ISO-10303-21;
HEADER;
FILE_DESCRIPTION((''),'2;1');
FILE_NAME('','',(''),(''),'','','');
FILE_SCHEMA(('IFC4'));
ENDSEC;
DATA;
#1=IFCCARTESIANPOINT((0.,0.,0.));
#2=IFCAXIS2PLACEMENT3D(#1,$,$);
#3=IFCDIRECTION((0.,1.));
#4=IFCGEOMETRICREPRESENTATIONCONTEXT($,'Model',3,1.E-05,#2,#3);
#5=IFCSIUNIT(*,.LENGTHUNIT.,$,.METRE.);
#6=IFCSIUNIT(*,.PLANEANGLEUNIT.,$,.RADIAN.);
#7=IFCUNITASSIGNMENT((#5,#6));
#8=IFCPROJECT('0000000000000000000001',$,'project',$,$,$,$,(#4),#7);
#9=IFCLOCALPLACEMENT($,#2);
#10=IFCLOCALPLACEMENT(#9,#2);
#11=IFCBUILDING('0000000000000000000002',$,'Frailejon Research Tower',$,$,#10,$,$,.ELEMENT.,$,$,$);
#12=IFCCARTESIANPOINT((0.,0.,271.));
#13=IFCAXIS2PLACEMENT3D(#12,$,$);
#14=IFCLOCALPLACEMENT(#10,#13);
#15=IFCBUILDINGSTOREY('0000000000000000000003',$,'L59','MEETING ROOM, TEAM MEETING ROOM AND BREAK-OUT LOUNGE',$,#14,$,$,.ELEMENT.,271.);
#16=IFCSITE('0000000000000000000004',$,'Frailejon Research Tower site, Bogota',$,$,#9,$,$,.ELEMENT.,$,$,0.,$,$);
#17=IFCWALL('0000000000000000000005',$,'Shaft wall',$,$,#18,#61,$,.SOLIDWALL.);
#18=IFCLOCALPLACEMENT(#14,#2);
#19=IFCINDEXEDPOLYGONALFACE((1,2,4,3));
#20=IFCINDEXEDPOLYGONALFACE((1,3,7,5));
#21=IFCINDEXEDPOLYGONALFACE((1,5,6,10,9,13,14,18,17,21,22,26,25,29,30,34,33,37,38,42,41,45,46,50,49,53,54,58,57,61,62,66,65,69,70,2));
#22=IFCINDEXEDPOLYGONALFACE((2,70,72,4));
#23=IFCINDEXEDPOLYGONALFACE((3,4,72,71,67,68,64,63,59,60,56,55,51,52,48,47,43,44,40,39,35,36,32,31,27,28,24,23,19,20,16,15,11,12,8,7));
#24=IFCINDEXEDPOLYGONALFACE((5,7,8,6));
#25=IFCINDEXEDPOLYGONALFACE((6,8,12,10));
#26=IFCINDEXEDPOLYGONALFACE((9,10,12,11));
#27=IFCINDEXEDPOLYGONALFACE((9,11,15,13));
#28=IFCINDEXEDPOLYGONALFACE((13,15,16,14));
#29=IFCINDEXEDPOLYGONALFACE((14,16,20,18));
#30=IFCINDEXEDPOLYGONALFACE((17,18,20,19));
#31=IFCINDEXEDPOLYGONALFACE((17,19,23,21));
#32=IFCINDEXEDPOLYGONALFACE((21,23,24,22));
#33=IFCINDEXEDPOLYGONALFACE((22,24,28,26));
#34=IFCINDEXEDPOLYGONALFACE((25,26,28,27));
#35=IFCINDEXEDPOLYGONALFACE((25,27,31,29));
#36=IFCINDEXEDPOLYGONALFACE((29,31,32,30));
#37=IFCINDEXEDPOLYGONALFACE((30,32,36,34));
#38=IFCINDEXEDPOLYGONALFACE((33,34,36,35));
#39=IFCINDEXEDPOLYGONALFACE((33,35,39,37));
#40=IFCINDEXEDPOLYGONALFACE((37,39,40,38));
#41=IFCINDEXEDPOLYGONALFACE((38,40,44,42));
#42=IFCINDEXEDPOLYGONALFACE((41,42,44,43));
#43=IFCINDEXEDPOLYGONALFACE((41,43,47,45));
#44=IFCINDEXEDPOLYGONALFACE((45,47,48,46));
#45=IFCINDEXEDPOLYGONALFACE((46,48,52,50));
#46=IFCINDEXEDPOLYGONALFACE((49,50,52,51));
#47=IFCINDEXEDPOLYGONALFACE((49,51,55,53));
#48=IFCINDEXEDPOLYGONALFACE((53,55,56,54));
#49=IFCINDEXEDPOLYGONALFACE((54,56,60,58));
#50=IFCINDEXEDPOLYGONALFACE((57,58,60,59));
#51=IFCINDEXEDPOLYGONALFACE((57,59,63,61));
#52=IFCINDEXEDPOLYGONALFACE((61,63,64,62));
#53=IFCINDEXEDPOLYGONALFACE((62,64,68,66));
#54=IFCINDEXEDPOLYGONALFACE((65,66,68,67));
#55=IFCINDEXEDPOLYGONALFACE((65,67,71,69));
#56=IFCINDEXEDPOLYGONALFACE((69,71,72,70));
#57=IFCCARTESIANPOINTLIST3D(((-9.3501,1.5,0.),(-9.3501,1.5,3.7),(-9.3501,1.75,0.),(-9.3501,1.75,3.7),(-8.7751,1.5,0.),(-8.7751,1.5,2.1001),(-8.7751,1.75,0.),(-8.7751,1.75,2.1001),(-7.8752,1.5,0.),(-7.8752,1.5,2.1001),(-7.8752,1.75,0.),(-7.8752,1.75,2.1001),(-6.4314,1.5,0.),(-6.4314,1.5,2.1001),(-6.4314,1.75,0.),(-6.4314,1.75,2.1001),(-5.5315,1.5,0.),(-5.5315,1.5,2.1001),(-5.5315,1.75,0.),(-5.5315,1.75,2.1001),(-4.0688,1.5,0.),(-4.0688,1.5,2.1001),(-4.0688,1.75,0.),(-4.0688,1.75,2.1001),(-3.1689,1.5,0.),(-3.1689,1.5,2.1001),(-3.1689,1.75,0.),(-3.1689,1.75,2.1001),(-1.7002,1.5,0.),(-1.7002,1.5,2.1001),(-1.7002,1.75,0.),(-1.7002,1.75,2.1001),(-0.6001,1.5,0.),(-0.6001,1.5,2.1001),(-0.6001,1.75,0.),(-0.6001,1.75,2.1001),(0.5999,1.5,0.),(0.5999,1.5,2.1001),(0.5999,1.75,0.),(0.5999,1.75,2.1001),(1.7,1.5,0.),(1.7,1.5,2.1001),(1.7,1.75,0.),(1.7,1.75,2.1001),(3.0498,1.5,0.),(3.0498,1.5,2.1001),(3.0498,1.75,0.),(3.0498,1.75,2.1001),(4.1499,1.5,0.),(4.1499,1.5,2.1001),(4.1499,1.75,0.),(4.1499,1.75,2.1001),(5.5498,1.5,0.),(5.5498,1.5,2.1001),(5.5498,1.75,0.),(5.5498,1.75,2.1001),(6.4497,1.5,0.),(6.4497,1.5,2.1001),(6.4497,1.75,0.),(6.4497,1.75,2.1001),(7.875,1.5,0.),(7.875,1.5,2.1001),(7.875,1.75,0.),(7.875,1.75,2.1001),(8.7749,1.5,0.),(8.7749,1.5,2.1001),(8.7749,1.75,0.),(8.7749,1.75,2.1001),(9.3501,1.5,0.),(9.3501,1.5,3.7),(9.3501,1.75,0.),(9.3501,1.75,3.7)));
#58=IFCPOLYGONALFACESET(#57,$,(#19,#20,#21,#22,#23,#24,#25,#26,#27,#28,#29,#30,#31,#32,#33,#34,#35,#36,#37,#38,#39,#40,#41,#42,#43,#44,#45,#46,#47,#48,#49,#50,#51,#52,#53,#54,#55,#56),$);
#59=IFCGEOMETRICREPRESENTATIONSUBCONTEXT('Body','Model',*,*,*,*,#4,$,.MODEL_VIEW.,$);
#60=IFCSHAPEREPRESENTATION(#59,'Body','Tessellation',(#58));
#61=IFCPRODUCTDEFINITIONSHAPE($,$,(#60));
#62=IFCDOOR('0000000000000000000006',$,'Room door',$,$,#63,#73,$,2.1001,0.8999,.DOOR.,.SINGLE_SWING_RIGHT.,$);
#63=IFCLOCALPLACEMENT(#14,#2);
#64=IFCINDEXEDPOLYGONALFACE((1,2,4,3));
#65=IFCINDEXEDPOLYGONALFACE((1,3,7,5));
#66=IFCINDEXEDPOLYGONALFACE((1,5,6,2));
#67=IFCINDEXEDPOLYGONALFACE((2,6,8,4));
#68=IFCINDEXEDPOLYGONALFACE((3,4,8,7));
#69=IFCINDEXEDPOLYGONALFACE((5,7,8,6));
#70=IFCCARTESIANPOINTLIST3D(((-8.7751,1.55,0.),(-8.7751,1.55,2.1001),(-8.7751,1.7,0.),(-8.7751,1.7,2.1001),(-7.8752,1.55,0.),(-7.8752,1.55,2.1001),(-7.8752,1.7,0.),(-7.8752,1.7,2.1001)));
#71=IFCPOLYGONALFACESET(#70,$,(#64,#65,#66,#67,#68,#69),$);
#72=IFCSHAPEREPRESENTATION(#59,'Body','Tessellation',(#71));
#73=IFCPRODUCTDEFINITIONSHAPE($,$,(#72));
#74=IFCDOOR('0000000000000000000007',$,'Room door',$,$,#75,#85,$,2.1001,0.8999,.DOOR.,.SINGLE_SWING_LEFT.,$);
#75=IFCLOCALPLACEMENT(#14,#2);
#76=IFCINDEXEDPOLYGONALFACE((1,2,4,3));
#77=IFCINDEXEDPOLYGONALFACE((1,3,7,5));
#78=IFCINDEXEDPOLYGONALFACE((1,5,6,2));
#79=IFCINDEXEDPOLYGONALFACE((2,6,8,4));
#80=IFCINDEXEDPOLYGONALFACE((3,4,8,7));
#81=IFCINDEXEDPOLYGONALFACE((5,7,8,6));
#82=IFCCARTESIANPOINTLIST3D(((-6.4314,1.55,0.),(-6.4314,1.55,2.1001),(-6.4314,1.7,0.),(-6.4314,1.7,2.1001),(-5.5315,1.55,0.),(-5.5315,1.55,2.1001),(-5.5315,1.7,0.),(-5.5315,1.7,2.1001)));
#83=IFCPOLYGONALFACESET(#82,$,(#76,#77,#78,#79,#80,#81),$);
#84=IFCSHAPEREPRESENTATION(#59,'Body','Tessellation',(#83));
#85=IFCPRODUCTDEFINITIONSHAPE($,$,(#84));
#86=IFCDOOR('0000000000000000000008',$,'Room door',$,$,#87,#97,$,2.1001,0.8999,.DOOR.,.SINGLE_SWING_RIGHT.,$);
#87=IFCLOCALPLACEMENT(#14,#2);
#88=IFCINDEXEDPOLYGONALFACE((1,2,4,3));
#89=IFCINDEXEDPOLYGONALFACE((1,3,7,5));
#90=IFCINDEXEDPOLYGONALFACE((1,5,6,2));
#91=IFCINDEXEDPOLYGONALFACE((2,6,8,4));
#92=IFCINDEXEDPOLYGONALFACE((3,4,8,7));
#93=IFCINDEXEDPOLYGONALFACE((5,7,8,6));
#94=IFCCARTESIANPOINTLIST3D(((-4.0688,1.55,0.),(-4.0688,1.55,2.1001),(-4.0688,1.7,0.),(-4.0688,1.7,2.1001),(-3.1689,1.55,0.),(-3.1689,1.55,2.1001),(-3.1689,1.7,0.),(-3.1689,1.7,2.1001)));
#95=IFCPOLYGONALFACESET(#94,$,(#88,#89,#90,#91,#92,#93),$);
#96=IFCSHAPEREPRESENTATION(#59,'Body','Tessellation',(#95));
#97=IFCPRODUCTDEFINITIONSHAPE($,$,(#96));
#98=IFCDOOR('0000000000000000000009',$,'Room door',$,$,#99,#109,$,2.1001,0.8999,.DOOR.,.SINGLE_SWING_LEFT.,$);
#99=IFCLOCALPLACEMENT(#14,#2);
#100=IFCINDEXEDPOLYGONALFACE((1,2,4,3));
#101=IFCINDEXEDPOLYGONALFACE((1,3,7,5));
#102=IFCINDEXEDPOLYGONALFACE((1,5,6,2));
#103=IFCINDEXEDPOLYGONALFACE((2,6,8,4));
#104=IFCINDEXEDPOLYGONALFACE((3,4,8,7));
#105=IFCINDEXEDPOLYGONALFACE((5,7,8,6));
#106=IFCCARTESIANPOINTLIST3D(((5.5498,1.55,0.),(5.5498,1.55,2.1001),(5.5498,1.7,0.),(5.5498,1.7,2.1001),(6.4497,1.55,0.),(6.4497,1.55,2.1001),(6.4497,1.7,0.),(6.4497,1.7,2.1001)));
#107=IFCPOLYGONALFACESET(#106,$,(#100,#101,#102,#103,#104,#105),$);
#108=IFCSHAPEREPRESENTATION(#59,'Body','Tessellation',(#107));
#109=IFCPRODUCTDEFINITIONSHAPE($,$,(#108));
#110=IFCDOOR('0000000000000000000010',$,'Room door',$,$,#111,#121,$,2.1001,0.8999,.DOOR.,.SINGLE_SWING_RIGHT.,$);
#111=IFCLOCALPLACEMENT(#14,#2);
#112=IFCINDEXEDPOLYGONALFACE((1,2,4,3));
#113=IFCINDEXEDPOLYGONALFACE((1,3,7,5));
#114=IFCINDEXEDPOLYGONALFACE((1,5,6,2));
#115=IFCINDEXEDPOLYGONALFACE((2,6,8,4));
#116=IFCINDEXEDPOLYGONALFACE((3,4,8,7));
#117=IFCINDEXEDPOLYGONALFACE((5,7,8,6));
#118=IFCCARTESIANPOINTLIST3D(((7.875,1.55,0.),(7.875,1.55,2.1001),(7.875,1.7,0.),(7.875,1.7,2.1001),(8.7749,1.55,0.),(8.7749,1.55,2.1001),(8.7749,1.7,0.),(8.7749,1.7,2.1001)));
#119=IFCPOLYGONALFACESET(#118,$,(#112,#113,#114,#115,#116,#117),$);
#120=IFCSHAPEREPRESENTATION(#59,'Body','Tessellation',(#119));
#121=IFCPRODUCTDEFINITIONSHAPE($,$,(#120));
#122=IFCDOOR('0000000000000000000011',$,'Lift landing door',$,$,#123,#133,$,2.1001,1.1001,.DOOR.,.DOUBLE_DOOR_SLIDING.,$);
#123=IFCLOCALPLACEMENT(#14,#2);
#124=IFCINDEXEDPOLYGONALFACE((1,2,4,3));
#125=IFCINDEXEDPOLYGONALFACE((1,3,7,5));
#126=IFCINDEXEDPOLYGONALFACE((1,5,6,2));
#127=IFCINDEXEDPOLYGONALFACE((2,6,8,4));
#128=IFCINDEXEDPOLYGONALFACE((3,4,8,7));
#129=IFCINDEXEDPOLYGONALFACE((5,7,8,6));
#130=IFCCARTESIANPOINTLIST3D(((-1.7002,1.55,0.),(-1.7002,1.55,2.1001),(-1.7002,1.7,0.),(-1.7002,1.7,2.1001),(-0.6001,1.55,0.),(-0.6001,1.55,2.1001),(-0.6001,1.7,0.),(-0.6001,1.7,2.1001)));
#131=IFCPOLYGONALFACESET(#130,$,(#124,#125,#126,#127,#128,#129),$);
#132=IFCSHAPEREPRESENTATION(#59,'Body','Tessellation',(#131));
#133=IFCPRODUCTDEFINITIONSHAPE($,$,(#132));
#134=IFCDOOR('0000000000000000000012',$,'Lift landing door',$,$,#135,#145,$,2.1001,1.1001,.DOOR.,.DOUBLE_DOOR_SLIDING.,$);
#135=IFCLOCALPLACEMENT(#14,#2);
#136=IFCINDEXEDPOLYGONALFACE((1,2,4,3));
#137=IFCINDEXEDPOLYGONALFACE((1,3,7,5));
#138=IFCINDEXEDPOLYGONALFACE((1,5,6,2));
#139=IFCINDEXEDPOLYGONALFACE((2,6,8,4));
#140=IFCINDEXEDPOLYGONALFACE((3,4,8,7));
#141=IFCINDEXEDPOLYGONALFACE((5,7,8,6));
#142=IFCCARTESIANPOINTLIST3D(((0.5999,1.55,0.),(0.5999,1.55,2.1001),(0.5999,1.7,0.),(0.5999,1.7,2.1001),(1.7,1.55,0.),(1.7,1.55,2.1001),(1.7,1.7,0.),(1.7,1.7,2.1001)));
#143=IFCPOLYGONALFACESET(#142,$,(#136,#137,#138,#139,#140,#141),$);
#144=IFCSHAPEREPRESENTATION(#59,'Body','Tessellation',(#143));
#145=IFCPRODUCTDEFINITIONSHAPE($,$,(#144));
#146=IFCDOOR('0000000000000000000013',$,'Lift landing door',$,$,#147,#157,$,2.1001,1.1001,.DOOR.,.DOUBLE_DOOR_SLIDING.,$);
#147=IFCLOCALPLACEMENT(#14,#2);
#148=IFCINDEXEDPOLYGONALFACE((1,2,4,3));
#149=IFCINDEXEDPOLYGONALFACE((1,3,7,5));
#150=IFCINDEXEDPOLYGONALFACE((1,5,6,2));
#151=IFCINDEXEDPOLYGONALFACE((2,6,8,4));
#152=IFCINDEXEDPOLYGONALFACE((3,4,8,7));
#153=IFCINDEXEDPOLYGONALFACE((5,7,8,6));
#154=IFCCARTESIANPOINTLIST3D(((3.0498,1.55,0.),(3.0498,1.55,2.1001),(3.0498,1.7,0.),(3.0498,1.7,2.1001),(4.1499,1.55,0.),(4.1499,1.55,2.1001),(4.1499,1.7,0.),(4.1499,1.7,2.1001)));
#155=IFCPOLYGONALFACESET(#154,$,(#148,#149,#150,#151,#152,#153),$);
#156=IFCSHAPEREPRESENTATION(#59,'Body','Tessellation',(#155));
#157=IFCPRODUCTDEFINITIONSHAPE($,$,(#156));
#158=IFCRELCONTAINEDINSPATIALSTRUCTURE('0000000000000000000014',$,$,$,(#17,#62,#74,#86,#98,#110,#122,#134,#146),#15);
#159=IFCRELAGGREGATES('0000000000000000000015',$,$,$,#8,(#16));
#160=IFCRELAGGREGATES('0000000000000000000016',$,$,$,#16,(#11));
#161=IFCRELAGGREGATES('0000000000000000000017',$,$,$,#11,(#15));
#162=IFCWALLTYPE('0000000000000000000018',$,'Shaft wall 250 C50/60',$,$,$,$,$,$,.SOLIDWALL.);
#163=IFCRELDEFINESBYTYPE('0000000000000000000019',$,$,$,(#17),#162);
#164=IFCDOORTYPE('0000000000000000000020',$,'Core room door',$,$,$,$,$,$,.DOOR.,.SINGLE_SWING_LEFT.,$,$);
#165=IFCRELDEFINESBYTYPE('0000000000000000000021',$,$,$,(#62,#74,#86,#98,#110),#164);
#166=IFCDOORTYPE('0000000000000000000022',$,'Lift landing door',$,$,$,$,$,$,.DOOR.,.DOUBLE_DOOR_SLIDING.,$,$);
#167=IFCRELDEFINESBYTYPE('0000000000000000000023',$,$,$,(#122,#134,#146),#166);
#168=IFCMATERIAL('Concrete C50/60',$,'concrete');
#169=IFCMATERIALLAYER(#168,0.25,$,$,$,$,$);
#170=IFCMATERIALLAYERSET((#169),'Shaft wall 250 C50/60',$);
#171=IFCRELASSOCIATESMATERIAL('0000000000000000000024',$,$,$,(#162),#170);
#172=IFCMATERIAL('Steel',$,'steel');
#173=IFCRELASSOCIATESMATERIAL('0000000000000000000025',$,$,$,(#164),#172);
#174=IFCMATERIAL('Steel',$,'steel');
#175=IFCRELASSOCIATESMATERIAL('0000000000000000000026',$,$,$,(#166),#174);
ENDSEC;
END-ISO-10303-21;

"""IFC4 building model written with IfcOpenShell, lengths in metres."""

from ifc_helpers import new_model, si_unit, direction, frame, frame_2d, origin, place, context, subcontext, project, spatial, rectangle, extrude, material, layer, layer_set, type_object, element, fill, save


model = new_model("IFC4")

# Units and contexts
model_context = context("Model", 3, precision=1e-05, world=origin(), true_north=direction((0.0, 1.0)))
body_context = subcontext(model_context, "Body", "Model", "MODEL_VIEW")
ifc_project = project(units=[si_unit("LENGTHUNIT", "METRE"), si_unit("PLANEANGLEUNIT", "RADIAN")], contexts=[model_context])

# Site, building, storey
site_placement = place(None, origin())
site = spatial("IfcSite", under=ifc_project, at=site_placement, Name="Frailejon Research Tower site, Bogota", CompositionType="ELEMENT", RefElevation=0.0)
building_placement = place(site_placement, origin())
building = spatial("IfcBuilding", under=site, at=building_placement, Name="Frailejon Research Tower", CompositionType="ELEMENT")
storey_placement = place(building_placement, frame((0.0, 0.0, 271.0)))
storey = spatial("IfcBuildingStorey", under=building, at=storey_placement, Name="L59", Description="MEETING ROOM, TEAM MEETING ROOM AND BREAK-OUT LOUNGE", CompositionType="ELEMENT", Elevation=271.0)

# Wall, openings, doors
ifc_material_1 = material(Name="Concrete C50/60", Category="concrete")
ifc_layer_1 = layer(ifc_material_1, 0.25)
ifc_layer_set_1 = layer_set([ifc_layer_1], Name="Shaft wall 250 C50/60")
wall_type_1 = type_object("IfcWallType", Name="Shaft wall 250 C50/60", PredefinedType="SOLIDWALL", material=ifc_layer_set_1)
wall_1_placement = place(storey_placement, frame((-9.3501, 1.625, 0.0), z_axis=(0.0, 0.0, 1.0), x_axis=(1.0, 0.0, 0.0)))
wall_1 = element("IfcWall", 1, at=wall_1_placement, inside=storey, type_object=wall_type_1, Name="Shaft wall", PredefinedType="SOLIDWALL", context=body_context, shape_type="SweptSolid", body=[
    extrude(rectangle(XDim=18.7002, YDim=0.25, at=frame_2d((9.3501, 0.0))), origin(), (0.0, 0.0, 1.0), 3.7),
])
opening_1_placement = place(wall_1_placement, frame((7.6499, 0.0, 0.0)))
opening_1 = element("IfcOpeningElement", 2, at=opening_1_placement, cuts=wall_1, PredefinedType="OPENING", context=body_context, shape_type="SweptSolid", body=[
    extrude(rectangle(XDim=1.1001, YDim=2.1001, at=frame_2d((0.55, 1.05))), frame((0.0, 0.135, 0.0), z_axis=(0.0, -1.0, 0.0), x_axis=(1.0, 0.0, 0.0)), (0.0, 0.0, 1.0), 0.27),
])
opening_2_placement = place(wall_1_placement, frame((9.95, 0.0, 0.0)))
opening_2 = element("IfcOpeningElement", 3, at=opening_2_placement, cuts=wall_1, PredefinedType="OPENING", context=body_context, shape_type="SweptSolid", body=[
    extrude(rectangle(XDim=1.1001, YDim=2.1001, at=frame_2d((0.55, 1.05))), frame((0.0, 0.135, 0.0), z_axis=(0.0, -1.0, 0.0), x_axis=(1.0, 0.0, 0.0)), (0.0, 0.0, 1.0), 0.27),
])
opening_3_placement = place(wall_1_placement, frame((12.3999, 0.0, 0.0)))
opening_3 = element("IfcOpeningElement", 4, at=opening_3_placement, cuts=wall_1, PredefinedType="OPENING", context=body_context, shape_type="SweptSolid", body=[
    extrude(rectangle(XDim=1.1001, YDim=2.1001, at=frame_2d((0.55, 1.05))), frame((0.0, 0.135, 0.0), z_axis=(0.0, -1.0, 0.0), x_axis=(1.0, 0.0, 0.0)), (0.0, 0.0, 1.0), 0.27),
])
opening_4_placement = place(wall_1_placement, frame((0.575, 0.0, 0.0)))
opening_4 = element("IfcOpeningElement", 5, at=opening_4_placement, cuts=wall_1, PredefinedType="OPENING", context=body_context, shape_type="SweptSolid", body=[
    extrude(rectangle(XDim=0.8999, YDim=2.1001, at=frame_2d((0.45, 1.05))), frame((0.0, 0.135, 0.0), z_axis=(0.0, -1.0, 0.0), x_axis=(1.0, 0.0, 0.0)), (0.0, 0.0, 1.0), 0.27),
])
opening_5_placement = place(wall_1_placement, frame((2.9187, 0.0, 0.0)))
opening_5 = element("IfcOpeningElement", 6, at=opening_5_placement, cuts=wall_1, PredefinedType="OPENING", context=body_context, shape_type="SweptSolid", body=[
    extrude(rectangle(XDim=0.8999, YDim=2.1001, at=frame_2d((0.45, 1.05))), frame((0.0, 0.135, 0.0), z_axis=(0.0, -1.0, 0.0), x_axis=(1.0, 0.0, 0.0)), (0.0, 0.0, 1.0), 0.27),
])
opening_6_placement = place(wall_1_placement, frame((5.2812, 0.0, 0.0)))
opening_6 = element("IfcOpeningElement", 7, at=opening_6_placement, cuts=wall_1, PredefinedType="OPENING", context=body_context, shape_type="SweptSolid", body=[
    extrude(rectangle(XDim=0.8999, YDim=2.1001, at=frame_2d((0.45, 1.05))), frame((0.0, 0.135, 0.0), z_axis=(0.0, -1.0, 0.0), x_axis=(1.0, 0.0, 0.0)), (0.0, 0.0, 1.0), 0.27),
])
opening_7_placement = place(wall_1_placement, frame((14.8999, 0.0, 0.0)))
opening_7 = element("IfcOpeningElement", 8, at=opening_7_placement, cuts=wall_1, PredefinedType="OPENING", context=body_context, shape_type="SweptSolid", body=[
    extrude(rectangle(XDim=0.8999, YDim=2.1001, at=frame_2d((0.45, 1.05))), frame((0.0, 0.135, 0.0), z_axis=(0.0, -1.0, 0.0), x_axis=(1.0, 0.0, 0.0)), (0.0, 0.0, 1.0), 0.27),
])
opening_8_placement = place(wall_1_placement, frame((17.2251, 0.0, 0.0)))
opening_8 = element("IfcOpeningElement", 9, at=opening_8_placement, cuts=wall_1, PredefinedType="OPENING", context=body_context, shape_type="SweptSolid", body=[
    extrude(rectangle(XDim=0.8999, YDim=2.1001, at=frame_2d((0.45, 1.05))), frame((0.0, 0.135, 0.0), z_axis=(0.0, -1.0, 0.0), x_axis=(1.0, 0.0, 0.0)), (0.0, 0.0, 1.0), 0.27),
])
ifc_material_2 = material(Name="Steel", Category="steel")
door_type_1 = type_object("IfcDoorType", Name="Core room door", OperationType="SINGLE_SWING_LEFT", PredefinedType="DOOR", material=ifc_material_2)
door_1_placement = place(opening_4_placement, origin())
door_1 = element("IfcDoor", 10, at=door_1_placement, inside=storey, type_object=door_type_1, Name="Room door", OperationType="SINGLE_SWING_RIGHT", OverallHeight=2.1001, OverallWidth=0.8999, PredefinedType="DOOR", context=body_context, shape_type="SweptSolid", body=[
    extrude(rectangle(XDim=0.8999, YDim=2.1001, at=frame_2d((0.45, 1.05))), frame((0.0, 0.075, 0.0), z_axis=(0.0, -1.0, 0.0), x_axis=(1.0, 0.0, 0.0)), (0.0, 0.0, 1.0), 0.1499),
])
fill(opening_4, door_1)
door_2_placement = place(opening_5_placement, origin())
door_2 = element("IfcDoor", 11, at=door_2_placement, inside=storey, type_object=door_type_1, Name="Room door", OperationType="SINGLE_SWING_LEFT", OverallHeight=2.1001, OverallWidth=0.8999, PredefinedType="DOOR", context=body_context, shape_type="SweptSolid", body=[
    extrude(rectangle(XDim=0.8999, YDim=2.1001, at=frame_2d((0.45, 1.05))), frame((0.0, 0.075, 0.0), z_axis=(0.0, -1.0, 0.0), x_axis=(1.0, 0.0, 0.0)), (0.0, 0.0, 1.0), 0.1499),
])
fill(opening_5, door_2)
door_3_placement = place(opening_6_placement, origin())
door_3 = element("IfcDoor", 12, at=door_3_placement, inside=storey, type_object=door_type_1, Name="Room door", OperationType="SINGLE_SWING_RIGHT", OverallHeight=2.1001, OverallWidth=0.8999, PredefinedType="DOOR", context=body_context, shape_type="SweptSolid", body=[
    extrude(rectangle(XDim=0.8999, YDim=2.1001, at=frame_2d((0.45, 1.05))), frame((0.0, 0.075, 0.0), z_axis=(0.0, -1.0, 0.0), x_axis=(1.0, 0.0, 0.0)), (0.0, 0.0, 1.0), 0.1499),
])
fill(opening_6, door_3)
door_4_placement = place(opening_7_placement, origin())
door_4 = element("IfcDoor", 13, at=door_4_placement, inside=storey, type_object=door_type_1, Name="Room door", OperationType="SINGLE_SWING_LEFT", OverallHeight=2.1001, OverallWidth=0.8999, PredefinedType="DOOR", context=body_context, shape_type="SweptSolid", body=[
    extrude(rectangle(XDim=0.8999, YDim=2.1001, at=frame_2d((0.45, 1.05))), frame((0.0, 0.075, 0.0), z_axis=(0.0, -1.0, 0.0), x_axis=(1.0, 0.0, 0.0)), (0.0, 0.0, 1.0), 0.1499),
])
fill(opening_7, door_4)
door_5_placement = place(opening_8_placement, origin())
door_5 = element("IfcDoor", 14, at=door_5_placement, inside=storey, type_object=door_type_1, Name="Room door", OperationType="SINGLE_SWING_RIGHT", OverallHeight=2.1001, OverallWidth=0.8999, PredefinedType="DOOR", context=body_context, shape_type="SweptSolid", body=[
    extrude(rectangle(XDim=0.8999, YDim=2.1001, at=frame_2d((0.45, 1.05))), frame((0.0, 0.075, 0.0), z_axis=(0.0, -1.0, 0.0), x_axis=(1.0, 0.0, 0.0)), (0.0, 0.0, 1.0), 0.1499),
])
fill(opening_8, door_5)
ifc_material_3 = material(Name="Steel", Category="steel")
door_type_2 = type_object("IfcDoorType", Name="Lift landing door", OperationType="DOUBLE_DOOR_SLIDING", PredefinedType="DOOR", material=ifc_material_3)
door_6_placement = place(opening_1_placement, origin())
door_6 = element("IfcDoor", 15, at=door_6_placement, inside=storey, type_object=door_type_2, Name="Lift landing door", OperationType="DOUBLE_DOOR_SLIDING", OverallHeight=2.1001, OverallWidth=1.1001, PredefinedType="DOOR", context=body_context, shape_type="SweptSolid", body=[
    extrude(rectangle(XDim=1.1001, YDim=2.1001, at=frame_2d((0.55, 1.05))), frame((0.0, 0.075, 0.0), z_axis=(0.0, -1.0, 0.0), x_axis=(1.0, 0.0, 0.0)), (0.0, 0.0, 1.0), 0.1499),
])
fill(opening_1, door_6)
door_7_placement = place(opening_2_placement, origin())
door_7 = element("IfcDoor", 16, at=door_7_placement, inside=storey, type_object=door_type_2, Name="Lift landing door", OperationType="DOUBLE_DOOR_SLIDING", OverallHeight=2.1001, OverallWidth=1.1001, PredefinedType="DOOR", context=body_context, shape_type="SweptSolid", body=[
    extrude(rectangle(XDim=1.1001, YDim=2.1001, at=frame_2d((0.55, 1.05))), frame((0.0, 0.075, 0.0), z_axis=(0.0, -1.0, 0.0), x_axis=(1.0, 0.0, 0.0)), (0.0, 0.0, 1.0), 0.1499),
])
fill(opening_2, door_7)
door_8_placement = place(opening_3_placement, origin())
door_8 = element("IfcDoor", 17, at=door_8_placement, inside=storey, type_object=door_type_2, Name="Lift landing door", OperationType="DOUBLE_DOOR_SLIDING", OverallHeight=2.1001, OverallWidth=1.1001, PredefinedType="DOOR", context=body_context, shape_type="SweptSolid", body=[
    extrude(rectangle(XDim=1.1001, YDim=2.1001, at=frame_2d((0.55, 1.05))), frame((0.0, 0.075, 0.0), z_axis=(0.0, -1.0, 0.0), x_axis=(1.0, 0.0, 0.0)), (0.0, 0.0, 1.0), 0.1499),
])
fill(opening_3, door_8)

save(model, "model.ifc")
